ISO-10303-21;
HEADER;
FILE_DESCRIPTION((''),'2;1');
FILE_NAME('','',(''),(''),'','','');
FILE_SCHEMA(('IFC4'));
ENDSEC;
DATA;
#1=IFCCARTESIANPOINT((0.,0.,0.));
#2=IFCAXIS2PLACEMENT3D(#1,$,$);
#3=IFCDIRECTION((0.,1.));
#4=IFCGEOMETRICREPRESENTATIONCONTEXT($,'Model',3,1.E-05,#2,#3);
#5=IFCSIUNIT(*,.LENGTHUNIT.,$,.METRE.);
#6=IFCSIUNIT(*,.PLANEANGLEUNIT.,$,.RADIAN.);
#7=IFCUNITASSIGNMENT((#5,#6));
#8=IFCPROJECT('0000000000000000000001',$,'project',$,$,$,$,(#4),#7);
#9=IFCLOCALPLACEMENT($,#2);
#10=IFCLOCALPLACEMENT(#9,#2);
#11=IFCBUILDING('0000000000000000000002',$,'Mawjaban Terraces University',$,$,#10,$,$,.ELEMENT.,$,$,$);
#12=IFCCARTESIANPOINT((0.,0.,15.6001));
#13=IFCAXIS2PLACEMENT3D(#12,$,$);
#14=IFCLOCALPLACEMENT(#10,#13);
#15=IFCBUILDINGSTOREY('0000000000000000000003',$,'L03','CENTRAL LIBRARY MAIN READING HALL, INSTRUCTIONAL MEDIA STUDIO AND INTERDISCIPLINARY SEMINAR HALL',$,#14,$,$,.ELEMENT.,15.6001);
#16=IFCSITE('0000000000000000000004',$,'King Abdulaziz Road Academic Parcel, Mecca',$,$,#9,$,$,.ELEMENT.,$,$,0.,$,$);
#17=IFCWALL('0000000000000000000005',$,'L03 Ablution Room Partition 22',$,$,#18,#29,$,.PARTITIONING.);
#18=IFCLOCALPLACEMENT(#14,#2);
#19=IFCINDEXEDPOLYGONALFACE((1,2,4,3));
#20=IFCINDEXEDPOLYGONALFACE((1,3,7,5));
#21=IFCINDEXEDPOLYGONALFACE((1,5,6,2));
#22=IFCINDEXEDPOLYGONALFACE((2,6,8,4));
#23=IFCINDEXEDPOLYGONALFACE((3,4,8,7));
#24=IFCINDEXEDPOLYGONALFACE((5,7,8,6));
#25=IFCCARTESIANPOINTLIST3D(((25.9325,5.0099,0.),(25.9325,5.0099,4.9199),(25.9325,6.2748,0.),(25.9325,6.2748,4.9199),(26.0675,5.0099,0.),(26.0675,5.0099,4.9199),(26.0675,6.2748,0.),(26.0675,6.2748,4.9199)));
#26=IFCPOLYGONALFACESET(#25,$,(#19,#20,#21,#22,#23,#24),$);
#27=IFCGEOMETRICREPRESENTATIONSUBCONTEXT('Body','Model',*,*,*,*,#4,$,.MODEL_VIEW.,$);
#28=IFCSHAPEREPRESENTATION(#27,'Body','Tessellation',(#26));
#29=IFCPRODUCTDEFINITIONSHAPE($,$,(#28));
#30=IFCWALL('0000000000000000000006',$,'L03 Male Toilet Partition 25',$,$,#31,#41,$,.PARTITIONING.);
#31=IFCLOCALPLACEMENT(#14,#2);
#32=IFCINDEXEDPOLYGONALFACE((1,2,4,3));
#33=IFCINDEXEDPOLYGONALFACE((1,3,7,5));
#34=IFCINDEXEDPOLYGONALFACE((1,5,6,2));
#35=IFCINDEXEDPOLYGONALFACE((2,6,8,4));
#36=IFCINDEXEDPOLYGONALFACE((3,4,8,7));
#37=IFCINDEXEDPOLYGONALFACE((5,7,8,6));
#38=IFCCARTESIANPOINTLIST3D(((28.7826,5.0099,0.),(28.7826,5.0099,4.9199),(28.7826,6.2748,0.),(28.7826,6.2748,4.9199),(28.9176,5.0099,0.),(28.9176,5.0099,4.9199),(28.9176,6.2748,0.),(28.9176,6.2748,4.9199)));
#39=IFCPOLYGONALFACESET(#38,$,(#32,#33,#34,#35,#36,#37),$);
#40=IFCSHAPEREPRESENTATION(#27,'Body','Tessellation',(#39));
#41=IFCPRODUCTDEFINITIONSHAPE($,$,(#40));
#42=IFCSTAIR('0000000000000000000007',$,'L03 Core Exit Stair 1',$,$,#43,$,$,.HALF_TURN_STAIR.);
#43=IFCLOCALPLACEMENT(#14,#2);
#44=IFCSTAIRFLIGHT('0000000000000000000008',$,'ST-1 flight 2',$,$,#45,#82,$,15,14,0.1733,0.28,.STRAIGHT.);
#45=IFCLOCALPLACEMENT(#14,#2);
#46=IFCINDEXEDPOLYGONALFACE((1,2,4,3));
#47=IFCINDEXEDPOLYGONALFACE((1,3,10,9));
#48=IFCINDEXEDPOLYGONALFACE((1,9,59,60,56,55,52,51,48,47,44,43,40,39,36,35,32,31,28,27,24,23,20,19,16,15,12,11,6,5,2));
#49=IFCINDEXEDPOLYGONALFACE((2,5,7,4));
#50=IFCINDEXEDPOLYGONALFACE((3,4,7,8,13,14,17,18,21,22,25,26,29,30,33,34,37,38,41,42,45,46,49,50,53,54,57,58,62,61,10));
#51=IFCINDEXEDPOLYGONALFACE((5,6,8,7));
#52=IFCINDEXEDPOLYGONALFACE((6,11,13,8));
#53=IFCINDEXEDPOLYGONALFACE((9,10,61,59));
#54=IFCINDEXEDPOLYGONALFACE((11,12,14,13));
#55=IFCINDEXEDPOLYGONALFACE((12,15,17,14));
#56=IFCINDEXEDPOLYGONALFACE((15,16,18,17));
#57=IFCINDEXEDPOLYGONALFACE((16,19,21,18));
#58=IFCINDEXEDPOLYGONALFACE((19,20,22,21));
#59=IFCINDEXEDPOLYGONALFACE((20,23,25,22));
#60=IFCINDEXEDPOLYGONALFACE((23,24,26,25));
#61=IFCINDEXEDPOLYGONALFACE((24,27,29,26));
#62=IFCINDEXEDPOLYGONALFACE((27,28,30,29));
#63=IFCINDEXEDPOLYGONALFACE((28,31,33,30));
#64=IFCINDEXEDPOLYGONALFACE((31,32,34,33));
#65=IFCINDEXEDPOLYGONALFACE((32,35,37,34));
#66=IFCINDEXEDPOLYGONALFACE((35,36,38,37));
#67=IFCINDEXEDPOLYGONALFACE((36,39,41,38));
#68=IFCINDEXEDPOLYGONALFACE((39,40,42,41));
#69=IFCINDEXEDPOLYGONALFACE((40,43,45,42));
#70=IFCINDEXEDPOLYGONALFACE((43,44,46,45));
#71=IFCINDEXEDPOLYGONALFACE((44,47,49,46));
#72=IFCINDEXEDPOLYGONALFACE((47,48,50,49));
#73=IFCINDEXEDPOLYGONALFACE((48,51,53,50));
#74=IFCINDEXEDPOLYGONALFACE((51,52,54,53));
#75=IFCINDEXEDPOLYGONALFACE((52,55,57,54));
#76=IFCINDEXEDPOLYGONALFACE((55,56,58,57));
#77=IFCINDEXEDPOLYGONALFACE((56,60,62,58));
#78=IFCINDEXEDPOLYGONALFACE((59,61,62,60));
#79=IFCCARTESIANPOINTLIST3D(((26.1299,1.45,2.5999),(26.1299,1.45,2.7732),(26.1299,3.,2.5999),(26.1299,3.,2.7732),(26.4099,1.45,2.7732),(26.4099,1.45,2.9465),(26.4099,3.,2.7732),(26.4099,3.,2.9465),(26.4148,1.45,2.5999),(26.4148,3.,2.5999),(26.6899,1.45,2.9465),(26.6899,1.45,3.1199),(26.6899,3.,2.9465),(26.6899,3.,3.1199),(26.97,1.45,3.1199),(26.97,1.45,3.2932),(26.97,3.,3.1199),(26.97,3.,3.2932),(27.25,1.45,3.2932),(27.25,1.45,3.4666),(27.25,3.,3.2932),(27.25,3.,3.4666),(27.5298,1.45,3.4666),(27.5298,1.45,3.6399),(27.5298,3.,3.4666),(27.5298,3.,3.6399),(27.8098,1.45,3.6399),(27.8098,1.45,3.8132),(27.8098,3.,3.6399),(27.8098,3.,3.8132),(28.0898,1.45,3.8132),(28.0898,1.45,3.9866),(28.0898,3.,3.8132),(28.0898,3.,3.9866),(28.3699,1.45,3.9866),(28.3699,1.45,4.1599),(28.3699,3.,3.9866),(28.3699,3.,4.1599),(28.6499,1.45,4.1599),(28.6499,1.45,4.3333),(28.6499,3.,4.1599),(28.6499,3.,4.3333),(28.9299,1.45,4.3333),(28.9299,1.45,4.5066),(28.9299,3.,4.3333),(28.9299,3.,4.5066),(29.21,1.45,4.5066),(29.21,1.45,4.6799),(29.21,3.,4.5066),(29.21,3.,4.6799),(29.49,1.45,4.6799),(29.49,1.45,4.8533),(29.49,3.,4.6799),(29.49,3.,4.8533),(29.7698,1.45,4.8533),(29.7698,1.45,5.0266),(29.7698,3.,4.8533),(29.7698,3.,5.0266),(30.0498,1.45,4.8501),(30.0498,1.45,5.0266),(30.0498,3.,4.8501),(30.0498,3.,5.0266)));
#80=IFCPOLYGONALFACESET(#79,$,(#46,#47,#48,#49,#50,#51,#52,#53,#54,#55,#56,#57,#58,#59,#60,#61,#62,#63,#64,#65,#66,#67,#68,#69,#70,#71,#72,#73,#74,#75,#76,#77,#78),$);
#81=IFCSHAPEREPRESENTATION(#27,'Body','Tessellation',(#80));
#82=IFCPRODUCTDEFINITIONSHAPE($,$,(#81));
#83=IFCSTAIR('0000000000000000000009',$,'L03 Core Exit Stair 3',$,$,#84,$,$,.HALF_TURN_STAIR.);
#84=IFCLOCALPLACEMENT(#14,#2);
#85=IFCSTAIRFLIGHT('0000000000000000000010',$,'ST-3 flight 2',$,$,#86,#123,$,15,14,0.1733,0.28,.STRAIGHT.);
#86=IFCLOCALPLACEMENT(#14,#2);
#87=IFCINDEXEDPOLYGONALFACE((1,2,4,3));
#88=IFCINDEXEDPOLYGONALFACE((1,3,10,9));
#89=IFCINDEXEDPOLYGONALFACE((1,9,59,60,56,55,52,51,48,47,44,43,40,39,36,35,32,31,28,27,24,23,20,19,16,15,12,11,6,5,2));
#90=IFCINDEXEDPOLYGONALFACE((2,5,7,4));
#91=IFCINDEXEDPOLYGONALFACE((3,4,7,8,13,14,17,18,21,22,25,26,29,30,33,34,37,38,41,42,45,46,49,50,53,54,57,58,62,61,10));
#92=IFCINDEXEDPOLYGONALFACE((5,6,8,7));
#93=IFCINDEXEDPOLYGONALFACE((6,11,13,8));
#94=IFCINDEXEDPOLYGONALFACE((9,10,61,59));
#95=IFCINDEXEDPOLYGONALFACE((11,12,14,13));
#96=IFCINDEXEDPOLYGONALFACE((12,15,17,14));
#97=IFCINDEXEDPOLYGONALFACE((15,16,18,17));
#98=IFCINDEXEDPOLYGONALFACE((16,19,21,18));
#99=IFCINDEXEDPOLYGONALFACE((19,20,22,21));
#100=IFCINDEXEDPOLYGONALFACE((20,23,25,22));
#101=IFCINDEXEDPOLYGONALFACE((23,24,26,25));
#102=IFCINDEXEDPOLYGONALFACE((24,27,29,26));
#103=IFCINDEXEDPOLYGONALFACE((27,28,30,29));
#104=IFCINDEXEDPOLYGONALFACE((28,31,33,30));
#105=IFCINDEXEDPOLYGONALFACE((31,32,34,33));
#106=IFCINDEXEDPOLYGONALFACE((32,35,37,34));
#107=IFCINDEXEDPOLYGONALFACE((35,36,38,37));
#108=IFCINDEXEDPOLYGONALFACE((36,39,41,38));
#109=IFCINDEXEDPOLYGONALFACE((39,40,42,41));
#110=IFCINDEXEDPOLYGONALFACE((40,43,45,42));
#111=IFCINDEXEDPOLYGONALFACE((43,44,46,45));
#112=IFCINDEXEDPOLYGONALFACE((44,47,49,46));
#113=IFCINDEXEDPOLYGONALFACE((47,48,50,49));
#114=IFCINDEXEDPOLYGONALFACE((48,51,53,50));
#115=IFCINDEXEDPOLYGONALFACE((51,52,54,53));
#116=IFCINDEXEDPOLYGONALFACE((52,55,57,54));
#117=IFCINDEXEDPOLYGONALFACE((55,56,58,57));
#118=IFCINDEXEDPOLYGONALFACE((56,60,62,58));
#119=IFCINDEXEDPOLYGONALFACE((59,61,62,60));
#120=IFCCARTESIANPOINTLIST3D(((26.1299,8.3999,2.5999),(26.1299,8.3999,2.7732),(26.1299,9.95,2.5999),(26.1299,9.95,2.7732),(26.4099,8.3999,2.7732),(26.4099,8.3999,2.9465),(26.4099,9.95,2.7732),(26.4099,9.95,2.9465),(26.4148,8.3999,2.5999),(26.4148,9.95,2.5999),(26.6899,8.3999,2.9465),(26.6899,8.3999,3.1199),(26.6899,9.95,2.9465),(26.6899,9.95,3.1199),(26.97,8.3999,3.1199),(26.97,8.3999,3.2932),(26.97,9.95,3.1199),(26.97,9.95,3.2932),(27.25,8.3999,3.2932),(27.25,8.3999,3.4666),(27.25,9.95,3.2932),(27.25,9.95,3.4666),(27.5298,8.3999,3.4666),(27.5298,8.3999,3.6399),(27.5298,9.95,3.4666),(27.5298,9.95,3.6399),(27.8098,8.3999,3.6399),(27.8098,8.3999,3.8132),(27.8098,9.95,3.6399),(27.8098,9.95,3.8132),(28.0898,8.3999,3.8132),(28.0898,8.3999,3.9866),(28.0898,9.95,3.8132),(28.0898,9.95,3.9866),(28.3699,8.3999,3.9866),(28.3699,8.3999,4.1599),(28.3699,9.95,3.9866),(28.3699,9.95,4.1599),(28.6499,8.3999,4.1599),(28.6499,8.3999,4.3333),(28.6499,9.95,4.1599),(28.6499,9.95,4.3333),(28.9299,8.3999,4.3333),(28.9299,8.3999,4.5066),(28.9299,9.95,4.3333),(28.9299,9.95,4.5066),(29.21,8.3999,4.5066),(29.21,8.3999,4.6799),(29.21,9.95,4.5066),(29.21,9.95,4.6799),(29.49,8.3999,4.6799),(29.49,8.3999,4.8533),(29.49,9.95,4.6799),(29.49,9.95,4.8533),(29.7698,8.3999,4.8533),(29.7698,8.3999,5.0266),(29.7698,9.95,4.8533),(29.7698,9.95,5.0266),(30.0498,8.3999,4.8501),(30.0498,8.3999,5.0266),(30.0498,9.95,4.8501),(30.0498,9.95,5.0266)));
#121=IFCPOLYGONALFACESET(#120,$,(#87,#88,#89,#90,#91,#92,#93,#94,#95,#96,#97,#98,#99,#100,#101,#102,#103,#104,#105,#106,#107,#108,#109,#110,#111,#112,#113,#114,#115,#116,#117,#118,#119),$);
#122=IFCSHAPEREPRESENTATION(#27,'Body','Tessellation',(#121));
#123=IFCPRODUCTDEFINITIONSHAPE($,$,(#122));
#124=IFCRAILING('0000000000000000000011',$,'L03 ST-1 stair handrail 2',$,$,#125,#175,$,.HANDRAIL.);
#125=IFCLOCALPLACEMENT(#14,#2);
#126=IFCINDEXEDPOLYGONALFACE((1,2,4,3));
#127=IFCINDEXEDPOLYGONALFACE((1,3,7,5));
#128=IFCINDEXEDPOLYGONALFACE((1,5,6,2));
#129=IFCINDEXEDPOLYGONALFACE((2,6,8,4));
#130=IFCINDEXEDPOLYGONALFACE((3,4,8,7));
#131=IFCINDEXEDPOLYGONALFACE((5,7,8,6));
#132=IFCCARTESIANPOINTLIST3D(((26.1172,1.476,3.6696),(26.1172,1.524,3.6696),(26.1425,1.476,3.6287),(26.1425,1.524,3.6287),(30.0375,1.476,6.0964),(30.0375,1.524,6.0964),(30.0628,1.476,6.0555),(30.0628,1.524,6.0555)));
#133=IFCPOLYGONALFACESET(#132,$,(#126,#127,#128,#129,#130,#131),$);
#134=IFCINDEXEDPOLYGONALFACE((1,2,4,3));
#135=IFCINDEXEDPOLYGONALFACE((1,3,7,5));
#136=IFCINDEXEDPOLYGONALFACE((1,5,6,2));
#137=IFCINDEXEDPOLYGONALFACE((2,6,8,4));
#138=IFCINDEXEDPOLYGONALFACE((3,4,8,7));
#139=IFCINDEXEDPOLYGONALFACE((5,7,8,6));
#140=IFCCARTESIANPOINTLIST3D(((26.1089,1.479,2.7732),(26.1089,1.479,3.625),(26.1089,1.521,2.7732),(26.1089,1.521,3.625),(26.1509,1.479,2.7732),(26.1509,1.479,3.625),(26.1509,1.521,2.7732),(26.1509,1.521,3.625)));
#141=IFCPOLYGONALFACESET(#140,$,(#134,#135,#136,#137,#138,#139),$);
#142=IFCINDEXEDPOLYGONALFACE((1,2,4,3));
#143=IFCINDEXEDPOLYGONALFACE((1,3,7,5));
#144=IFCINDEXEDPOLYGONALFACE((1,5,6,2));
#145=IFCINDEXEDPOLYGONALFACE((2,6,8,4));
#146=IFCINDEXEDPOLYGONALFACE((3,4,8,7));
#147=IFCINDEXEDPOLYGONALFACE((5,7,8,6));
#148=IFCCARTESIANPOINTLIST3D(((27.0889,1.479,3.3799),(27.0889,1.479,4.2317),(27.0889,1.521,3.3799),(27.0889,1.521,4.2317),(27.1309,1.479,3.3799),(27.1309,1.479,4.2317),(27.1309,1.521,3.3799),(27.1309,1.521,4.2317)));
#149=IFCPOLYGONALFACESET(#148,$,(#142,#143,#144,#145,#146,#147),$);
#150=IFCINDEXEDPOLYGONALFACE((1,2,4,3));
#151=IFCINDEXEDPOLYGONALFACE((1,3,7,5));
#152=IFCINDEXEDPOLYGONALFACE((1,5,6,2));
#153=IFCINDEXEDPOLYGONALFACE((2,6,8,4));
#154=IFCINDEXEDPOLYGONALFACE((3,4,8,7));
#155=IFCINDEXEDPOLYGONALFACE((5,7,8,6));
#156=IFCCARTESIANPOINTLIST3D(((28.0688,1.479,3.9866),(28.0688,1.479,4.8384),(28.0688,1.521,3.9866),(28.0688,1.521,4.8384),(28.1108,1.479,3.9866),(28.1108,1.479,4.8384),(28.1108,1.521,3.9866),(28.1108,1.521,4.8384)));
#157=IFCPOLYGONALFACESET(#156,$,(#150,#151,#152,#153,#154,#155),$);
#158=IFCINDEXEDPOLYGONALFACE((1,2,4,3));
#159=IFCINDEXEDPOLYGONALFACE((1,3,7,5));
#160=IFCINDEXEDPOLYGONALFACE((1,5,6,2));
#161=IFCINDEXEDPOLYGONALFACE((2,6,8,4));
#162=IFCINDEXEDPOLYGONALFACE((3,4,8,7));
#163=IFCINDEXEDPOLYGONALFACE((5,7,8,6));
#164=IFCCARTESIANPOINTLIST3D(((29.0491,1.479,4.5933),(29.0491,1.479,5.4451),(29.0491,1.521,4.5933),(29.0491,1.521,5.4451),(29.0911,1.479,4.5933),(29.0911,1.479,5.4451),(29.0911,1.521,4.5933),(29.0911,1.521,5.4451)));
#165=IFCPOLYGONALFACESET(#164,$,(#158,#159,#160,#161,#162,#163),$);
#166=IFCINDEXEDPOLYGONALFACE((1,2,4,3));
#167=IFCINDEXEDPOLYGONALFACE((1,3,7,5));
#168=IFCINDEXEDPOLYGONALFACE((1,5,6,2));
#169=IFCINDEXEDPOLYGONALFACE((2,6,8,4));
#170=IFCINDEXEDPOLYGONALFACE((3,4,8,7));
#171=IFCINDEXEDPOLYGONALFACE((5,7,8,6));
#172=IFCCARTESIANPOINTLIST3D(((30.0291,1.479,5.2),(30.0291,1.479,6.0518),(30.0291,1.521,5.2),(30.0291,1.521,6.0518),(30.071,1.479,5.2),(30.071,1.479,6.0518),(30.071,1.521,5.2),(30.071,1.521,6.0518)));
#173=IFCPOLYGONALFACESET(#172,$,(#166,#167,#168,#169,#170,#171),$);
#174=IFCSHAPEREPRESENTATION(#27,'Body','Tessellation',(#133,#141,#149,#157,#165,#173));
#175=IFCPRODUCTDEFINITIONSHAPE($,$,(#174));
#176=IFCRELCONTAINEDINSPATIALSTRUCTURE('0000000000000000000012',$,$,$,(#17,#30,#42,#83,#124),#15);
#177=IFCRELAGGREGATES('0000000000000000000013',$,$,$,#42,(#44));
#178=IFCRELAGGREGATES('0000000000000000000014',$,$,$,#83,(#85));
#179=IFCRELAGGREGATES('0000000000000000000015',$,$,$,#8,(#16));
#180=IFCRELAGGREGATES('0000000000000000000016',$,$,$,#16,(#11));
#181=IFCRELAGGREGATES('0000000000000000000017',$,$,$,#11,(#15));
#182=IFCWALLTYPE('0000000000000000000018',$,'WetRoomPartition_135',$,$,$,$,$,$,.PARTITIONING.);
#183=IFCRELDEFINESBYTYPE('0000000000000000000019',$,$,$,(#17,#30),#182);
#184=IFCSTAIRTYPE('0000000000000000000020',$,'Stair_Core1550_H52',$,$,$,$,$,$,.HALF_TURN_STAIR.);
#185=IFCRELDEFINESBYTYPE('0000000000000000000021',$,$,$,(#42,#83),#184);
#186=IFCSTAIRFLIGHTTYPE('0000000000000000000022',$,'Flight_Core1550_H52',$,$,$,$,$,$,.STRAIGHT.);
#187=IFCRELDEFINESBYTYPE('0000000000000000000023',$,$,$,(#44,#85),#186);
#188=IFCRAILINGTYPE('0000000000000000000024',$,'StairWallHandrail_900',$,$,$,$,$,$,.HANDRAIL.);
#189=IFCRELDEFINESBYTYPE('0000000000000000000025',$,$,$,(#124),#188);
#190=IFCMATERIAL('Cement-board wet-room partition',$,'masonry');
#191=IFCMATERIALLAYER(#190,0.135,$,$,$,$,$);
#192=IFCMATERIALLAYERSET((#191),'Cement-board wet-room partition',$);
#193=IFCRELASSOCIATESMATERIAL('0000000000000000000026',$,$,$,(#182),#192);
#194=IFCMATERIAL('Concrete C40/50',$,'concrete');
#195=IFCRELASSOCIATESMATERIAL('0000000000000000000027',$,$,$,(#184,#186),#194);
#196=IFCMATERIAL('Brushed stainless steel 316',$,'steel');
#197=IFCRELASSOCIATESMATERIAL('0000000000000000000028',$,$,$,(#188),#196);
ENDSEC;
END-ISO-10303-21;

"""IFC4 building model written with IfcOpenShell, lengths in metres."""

from ifc_helpers import new_model, si_unit, direction, frame, frame_2d, origin, origin_2d, place, context, subcontext, project, spatial, polyline, rectangle, outline, extrude, material, layer, layer_set, type_object, element, aggregate, save


model = new_model("IFC4")

# Units and contexts
model_context = context("Model", 3, precision=1e-05, world=origin(), true_north=direction((0.0, 1.0)))
body_context = subcontext(model_context, "Body", "Model", "MODEL_VIEW")
ifc_project = project(units=[si_unit("LENGTHUNIT", "METRE"), si_unit("PLANEANGLEUNIT", "RADIAN")], contexts=[model_context])

# Site, building, storey
site_placement = place(None, origin())
site = spatial("IfcSite", under=ifc_project, at=site_placement, Name="King Abdulaziz Road Academic Parcel, Mecca", CompositionType="ELEMENT", RefElevation=0.0)
building_placement = place(site_placement, origin())
building = spatial("IfcBuilding", under=site, at=building_placement, Name="Mawjaban Terraces University", CompositionType="ELEMENT")
storey_placement = place(building_placement, frame((0.0, 0.0, 15.6001)))
storey = spatial("IfcBuildingStorey", under=building, at=storey_placement, Name="L03", Description="CENTRAL LIBRARY MAIN READING HALL, INSTRUCTIONAL MEDIA STUDIO AND INTERDISCIPLINARY SEMINAR HALL", CompositionType="ELEMENT", Elevation=15.6001)

# Walls
ifc_material_1 = material(Name="Concrete C40/50", Category="concrete")
ifc_material_2 = material(Name="Cement-board wet-room partition", Category="masonry")
ifc_layer_1 = layer(ifc_material_2, 0.135)
ifc_layer_set_1 = layer_set([ifc_layer_1], Name="Cement-board wet-room partition")
wall_type_1 = type_object("IfcWallType", Name="WetRoomPartition_135", PredefinedType="PARTITIONING", material=ifc_layer_set_1)
for number, where, z_axis, x_axis, name in (
    (1, (26.0, 5.01, 0.0), (0.0, 0.0, 1.0), (0.0, 1.0, 0.0), "L03 Ablution Room Partition 22"),
    (2, (28.8501, 5.01, 0.0), (0.0, 0.0, 1.0), (0.0, 1.0, 0.0), "L03 Male Toilet Partition 25"),
):
    element("IfcWall", number, at=place(storey_placement, frame(where, z_axis=z_axis, x_axis=x_axis)), inside=storey, type_object=wall_type_1, Name=name, PredefinedType="PARTITIONING", context=body_context, shape_type="SweptSolid", body=[
        extrude(rectangle(XDim=1.2649, YDim=0.135, at=frame_2d((0.6323, 0.0))), origin(), (0.0, 0.0, 1.0), 4.9199),
    ])

# Stairs, stair flights
stair_type = type_object("IfcStairType", Name="Stair_Core1550_H52", PredefinedType="HALF_TURN_STAIR", material=ifc_material_1)
stair_1_placement = place(storey_placement, origin())
stair_1 = element("IfcStair", 3, at=stair_1_placement, inside=storey, type_object=stair_type, Name="L03 Core Exit Stair 1", PredefinedType="HALF_TURN_STAIR")
stair_flight_type = type_object("IfcStairFlightType", Name="Flight_Core1550_H52", PredefinedType="STRAIGHT", material=ifc_material_1)
stair_flight_1_placement = place(storey_placement, frame((26.1299, 2.2251, 2.5999), z_axis=(0.0, 0.0, 1.0), x_axis=(1.0, 0.0, 0.0)))
stair_flight_1 = element("IfcStairFlight", 4, at=stair_flight_1_placement, type_object=stair_flight_type, Name="ST-1 flight 2", NumberOfRisers=15, NumberOfTreads=14, PredefinedType="STRAIGHT", RiserHeight=0.1733, TreadLength=0.28, context=body_context, shape_type="SweptSolid", body=[
    extrude(outline(polyline([(0.0, 0.0), (0.0, 0.1733), (0.28, 0.1733), (0.28, 0.3467), (0.5601, 0.3467), (0.5601, 0.52), (0.8401, 0.52), (0.8401, 0.6934), (1.1201, 0.6934), (1.1201, 0.8667), (1.3999, 0.8667), (1.3999, 1.04), (1.6799, 1.04), (1.6799, 1.2134), (1.96, 1.2134), (1.96, 1.3867), (2.24, 1.3867), (2.24, 1.5601), (2.52, 1.5601), (2.52, 1.7334), (2.8, 1.7334), (2.8, 1.9067), (3.0801, 1.9067), (3.0801, 2.0801), (3.3601, 2.0801), (3.3601, 2.2534), (3.6399, 2.2534), (3.6399, 2.4268), (3.9199, 2.4268), (3.9199, 2.6001), (3.9199, 2.2502), (0.2849, 0.0), (0.0, 0.0)])), frame((0.0, 0.7749, 0.0), z_axis=(0.0, -1.0, 0.0), x_axis=(1.0, 0.0, 0.0)), (0.0, 0.0, 1.0), 1.55),
])
aggregate(stair_1, [stair_flight_1])
stair_2_placement = place(storey_placement, origin())
stair_2 = element("IfcStair", 5, at=stair_2_placement, inside=storey, type_object=stair_type, Name="L03 Core Exit Stair 3", PredefinedType="HALF_TURN_STAIR")
stair_flight_2_placement = place(storey_placement, frame((26.1299, 9.175, 2.5999), z_axis=(0.0, 0.0, 1.0), x_axis=(1.0, 0.0, 0.0)))
stair_flight_2 = element("IfcStairFlight", 6, at=stair_flight_2_placement, type_object=stair_flight_type, Name="ST-3 flight 2", NumberOfRisers=15, NumberOfTreads=14, PredefinedType="STRAIGHT", RiserHeight=0.1733, TreadLength=0.28, context=body_context, shape_type="SweptSolid", body=[
    extrude(outline(polyline([(0.0, 0.0), (0.0, 0.1733), (0.28, 0.1733), (0.28, 0.3467), (0.5601, 0.3467), (0.5601, 0.52), (0.8401, 0.52), (0.8401, 0.6934), (1.1201, 0.6934), (1.1201, 0.8667), (1.3999, 0.8667), (1.3999, 1.04), (1.6799, 1.04), (1.6799, 1.2134), (1.96, 1.2134), (1.96, 1.3867), (2.24, 1.3867), (2.24, 1.5601), (2.52, 1.5601), (2.52, 1.7334), (2.8, 1.7334), (2.8, 1.9067), (3.0801, 1.9067), (3.0801, 2.0801), (3.3601, 2.0801), (3.3601, 2.2534), (3.6399, 2.2534), (3.6399, 2.4268), (3.9199, 2.4268), (3.9199, 2.6001), (3.9199, 2.2502), (0.2849, 0.0), (0.0, 0.0)])), frame((0.0, 0.7749, 0.0), z_axis=(0.0, -1.0, 0.0), x_axis=(1.0, 0.0, 0.0)), (0.0, 0.0, 1.0), 1.55),
])
aggregate(stair_2, [stair_flight_2])

# Railing
ifc_material_3 = material(Name="Brushed stainless steel 316", Category="steel")
railing_type_1 = type_object("IfcRailingType", Name="StairWallHandrail_900", PredefinedType="HANDRAIL", material=ifc_material_3)
for number, where, name in (
    (7, (26.1299, 1.5, 2.7732), "L03 ST-1 stair handrail 2"),
):
    element("IfcRailing", number, at=place(storey_placement, frame(where)), inside=storey, type_object=railing_type_1, Name=name, PredefinedType="HANDRAIL", context=body_context, shape_type="SweptSolid", body=[
        extrude(rectangle(XDim=0.0481, YDim=0.0481, at=origin_2d()), frame((0.0, 0.0, 0.876), z_axis=(0.850266, 0.0, 0.526353), x_axis=(0.0, 1.0, 0.0)), (0.0, 0.0, 1.0), 4.6106),
        extrude(rectangle(XDim=0.042, YDim=0.042, at=origin_2d()), origin(), (0.0, 0.0, 1.0), 0.8518),
        extrude(rectangle(XDim=0.042, YDim=0.042, at=origin_2d()), frame((0.98, 0.0, 0.6067)), (0.0, 0.0, 1.0), 0.8518),
        extrude(rectangle(XDim=0.042, YDim=0.042, at=origin_2d()), frame((1.96, 0.0, 1.2134)), (0.0, 0.0, 1.0), 0.8518),
        extrude(rectangle(XDim=0.042, YDim=0.042, at=origin_2d()), frame((2.9402, 0.0, 1.8201)), (0.0, 0.0, 1.0), 0.8518),
        extrude(rectangle(XDim=0.042, YDim=0.042, at=origin_2d()), frame((3.9202, 0.0, 2.4268)), (0.0, 0.0, 1.0), 0.8518),
    ])

save(model, "model.ifc")
